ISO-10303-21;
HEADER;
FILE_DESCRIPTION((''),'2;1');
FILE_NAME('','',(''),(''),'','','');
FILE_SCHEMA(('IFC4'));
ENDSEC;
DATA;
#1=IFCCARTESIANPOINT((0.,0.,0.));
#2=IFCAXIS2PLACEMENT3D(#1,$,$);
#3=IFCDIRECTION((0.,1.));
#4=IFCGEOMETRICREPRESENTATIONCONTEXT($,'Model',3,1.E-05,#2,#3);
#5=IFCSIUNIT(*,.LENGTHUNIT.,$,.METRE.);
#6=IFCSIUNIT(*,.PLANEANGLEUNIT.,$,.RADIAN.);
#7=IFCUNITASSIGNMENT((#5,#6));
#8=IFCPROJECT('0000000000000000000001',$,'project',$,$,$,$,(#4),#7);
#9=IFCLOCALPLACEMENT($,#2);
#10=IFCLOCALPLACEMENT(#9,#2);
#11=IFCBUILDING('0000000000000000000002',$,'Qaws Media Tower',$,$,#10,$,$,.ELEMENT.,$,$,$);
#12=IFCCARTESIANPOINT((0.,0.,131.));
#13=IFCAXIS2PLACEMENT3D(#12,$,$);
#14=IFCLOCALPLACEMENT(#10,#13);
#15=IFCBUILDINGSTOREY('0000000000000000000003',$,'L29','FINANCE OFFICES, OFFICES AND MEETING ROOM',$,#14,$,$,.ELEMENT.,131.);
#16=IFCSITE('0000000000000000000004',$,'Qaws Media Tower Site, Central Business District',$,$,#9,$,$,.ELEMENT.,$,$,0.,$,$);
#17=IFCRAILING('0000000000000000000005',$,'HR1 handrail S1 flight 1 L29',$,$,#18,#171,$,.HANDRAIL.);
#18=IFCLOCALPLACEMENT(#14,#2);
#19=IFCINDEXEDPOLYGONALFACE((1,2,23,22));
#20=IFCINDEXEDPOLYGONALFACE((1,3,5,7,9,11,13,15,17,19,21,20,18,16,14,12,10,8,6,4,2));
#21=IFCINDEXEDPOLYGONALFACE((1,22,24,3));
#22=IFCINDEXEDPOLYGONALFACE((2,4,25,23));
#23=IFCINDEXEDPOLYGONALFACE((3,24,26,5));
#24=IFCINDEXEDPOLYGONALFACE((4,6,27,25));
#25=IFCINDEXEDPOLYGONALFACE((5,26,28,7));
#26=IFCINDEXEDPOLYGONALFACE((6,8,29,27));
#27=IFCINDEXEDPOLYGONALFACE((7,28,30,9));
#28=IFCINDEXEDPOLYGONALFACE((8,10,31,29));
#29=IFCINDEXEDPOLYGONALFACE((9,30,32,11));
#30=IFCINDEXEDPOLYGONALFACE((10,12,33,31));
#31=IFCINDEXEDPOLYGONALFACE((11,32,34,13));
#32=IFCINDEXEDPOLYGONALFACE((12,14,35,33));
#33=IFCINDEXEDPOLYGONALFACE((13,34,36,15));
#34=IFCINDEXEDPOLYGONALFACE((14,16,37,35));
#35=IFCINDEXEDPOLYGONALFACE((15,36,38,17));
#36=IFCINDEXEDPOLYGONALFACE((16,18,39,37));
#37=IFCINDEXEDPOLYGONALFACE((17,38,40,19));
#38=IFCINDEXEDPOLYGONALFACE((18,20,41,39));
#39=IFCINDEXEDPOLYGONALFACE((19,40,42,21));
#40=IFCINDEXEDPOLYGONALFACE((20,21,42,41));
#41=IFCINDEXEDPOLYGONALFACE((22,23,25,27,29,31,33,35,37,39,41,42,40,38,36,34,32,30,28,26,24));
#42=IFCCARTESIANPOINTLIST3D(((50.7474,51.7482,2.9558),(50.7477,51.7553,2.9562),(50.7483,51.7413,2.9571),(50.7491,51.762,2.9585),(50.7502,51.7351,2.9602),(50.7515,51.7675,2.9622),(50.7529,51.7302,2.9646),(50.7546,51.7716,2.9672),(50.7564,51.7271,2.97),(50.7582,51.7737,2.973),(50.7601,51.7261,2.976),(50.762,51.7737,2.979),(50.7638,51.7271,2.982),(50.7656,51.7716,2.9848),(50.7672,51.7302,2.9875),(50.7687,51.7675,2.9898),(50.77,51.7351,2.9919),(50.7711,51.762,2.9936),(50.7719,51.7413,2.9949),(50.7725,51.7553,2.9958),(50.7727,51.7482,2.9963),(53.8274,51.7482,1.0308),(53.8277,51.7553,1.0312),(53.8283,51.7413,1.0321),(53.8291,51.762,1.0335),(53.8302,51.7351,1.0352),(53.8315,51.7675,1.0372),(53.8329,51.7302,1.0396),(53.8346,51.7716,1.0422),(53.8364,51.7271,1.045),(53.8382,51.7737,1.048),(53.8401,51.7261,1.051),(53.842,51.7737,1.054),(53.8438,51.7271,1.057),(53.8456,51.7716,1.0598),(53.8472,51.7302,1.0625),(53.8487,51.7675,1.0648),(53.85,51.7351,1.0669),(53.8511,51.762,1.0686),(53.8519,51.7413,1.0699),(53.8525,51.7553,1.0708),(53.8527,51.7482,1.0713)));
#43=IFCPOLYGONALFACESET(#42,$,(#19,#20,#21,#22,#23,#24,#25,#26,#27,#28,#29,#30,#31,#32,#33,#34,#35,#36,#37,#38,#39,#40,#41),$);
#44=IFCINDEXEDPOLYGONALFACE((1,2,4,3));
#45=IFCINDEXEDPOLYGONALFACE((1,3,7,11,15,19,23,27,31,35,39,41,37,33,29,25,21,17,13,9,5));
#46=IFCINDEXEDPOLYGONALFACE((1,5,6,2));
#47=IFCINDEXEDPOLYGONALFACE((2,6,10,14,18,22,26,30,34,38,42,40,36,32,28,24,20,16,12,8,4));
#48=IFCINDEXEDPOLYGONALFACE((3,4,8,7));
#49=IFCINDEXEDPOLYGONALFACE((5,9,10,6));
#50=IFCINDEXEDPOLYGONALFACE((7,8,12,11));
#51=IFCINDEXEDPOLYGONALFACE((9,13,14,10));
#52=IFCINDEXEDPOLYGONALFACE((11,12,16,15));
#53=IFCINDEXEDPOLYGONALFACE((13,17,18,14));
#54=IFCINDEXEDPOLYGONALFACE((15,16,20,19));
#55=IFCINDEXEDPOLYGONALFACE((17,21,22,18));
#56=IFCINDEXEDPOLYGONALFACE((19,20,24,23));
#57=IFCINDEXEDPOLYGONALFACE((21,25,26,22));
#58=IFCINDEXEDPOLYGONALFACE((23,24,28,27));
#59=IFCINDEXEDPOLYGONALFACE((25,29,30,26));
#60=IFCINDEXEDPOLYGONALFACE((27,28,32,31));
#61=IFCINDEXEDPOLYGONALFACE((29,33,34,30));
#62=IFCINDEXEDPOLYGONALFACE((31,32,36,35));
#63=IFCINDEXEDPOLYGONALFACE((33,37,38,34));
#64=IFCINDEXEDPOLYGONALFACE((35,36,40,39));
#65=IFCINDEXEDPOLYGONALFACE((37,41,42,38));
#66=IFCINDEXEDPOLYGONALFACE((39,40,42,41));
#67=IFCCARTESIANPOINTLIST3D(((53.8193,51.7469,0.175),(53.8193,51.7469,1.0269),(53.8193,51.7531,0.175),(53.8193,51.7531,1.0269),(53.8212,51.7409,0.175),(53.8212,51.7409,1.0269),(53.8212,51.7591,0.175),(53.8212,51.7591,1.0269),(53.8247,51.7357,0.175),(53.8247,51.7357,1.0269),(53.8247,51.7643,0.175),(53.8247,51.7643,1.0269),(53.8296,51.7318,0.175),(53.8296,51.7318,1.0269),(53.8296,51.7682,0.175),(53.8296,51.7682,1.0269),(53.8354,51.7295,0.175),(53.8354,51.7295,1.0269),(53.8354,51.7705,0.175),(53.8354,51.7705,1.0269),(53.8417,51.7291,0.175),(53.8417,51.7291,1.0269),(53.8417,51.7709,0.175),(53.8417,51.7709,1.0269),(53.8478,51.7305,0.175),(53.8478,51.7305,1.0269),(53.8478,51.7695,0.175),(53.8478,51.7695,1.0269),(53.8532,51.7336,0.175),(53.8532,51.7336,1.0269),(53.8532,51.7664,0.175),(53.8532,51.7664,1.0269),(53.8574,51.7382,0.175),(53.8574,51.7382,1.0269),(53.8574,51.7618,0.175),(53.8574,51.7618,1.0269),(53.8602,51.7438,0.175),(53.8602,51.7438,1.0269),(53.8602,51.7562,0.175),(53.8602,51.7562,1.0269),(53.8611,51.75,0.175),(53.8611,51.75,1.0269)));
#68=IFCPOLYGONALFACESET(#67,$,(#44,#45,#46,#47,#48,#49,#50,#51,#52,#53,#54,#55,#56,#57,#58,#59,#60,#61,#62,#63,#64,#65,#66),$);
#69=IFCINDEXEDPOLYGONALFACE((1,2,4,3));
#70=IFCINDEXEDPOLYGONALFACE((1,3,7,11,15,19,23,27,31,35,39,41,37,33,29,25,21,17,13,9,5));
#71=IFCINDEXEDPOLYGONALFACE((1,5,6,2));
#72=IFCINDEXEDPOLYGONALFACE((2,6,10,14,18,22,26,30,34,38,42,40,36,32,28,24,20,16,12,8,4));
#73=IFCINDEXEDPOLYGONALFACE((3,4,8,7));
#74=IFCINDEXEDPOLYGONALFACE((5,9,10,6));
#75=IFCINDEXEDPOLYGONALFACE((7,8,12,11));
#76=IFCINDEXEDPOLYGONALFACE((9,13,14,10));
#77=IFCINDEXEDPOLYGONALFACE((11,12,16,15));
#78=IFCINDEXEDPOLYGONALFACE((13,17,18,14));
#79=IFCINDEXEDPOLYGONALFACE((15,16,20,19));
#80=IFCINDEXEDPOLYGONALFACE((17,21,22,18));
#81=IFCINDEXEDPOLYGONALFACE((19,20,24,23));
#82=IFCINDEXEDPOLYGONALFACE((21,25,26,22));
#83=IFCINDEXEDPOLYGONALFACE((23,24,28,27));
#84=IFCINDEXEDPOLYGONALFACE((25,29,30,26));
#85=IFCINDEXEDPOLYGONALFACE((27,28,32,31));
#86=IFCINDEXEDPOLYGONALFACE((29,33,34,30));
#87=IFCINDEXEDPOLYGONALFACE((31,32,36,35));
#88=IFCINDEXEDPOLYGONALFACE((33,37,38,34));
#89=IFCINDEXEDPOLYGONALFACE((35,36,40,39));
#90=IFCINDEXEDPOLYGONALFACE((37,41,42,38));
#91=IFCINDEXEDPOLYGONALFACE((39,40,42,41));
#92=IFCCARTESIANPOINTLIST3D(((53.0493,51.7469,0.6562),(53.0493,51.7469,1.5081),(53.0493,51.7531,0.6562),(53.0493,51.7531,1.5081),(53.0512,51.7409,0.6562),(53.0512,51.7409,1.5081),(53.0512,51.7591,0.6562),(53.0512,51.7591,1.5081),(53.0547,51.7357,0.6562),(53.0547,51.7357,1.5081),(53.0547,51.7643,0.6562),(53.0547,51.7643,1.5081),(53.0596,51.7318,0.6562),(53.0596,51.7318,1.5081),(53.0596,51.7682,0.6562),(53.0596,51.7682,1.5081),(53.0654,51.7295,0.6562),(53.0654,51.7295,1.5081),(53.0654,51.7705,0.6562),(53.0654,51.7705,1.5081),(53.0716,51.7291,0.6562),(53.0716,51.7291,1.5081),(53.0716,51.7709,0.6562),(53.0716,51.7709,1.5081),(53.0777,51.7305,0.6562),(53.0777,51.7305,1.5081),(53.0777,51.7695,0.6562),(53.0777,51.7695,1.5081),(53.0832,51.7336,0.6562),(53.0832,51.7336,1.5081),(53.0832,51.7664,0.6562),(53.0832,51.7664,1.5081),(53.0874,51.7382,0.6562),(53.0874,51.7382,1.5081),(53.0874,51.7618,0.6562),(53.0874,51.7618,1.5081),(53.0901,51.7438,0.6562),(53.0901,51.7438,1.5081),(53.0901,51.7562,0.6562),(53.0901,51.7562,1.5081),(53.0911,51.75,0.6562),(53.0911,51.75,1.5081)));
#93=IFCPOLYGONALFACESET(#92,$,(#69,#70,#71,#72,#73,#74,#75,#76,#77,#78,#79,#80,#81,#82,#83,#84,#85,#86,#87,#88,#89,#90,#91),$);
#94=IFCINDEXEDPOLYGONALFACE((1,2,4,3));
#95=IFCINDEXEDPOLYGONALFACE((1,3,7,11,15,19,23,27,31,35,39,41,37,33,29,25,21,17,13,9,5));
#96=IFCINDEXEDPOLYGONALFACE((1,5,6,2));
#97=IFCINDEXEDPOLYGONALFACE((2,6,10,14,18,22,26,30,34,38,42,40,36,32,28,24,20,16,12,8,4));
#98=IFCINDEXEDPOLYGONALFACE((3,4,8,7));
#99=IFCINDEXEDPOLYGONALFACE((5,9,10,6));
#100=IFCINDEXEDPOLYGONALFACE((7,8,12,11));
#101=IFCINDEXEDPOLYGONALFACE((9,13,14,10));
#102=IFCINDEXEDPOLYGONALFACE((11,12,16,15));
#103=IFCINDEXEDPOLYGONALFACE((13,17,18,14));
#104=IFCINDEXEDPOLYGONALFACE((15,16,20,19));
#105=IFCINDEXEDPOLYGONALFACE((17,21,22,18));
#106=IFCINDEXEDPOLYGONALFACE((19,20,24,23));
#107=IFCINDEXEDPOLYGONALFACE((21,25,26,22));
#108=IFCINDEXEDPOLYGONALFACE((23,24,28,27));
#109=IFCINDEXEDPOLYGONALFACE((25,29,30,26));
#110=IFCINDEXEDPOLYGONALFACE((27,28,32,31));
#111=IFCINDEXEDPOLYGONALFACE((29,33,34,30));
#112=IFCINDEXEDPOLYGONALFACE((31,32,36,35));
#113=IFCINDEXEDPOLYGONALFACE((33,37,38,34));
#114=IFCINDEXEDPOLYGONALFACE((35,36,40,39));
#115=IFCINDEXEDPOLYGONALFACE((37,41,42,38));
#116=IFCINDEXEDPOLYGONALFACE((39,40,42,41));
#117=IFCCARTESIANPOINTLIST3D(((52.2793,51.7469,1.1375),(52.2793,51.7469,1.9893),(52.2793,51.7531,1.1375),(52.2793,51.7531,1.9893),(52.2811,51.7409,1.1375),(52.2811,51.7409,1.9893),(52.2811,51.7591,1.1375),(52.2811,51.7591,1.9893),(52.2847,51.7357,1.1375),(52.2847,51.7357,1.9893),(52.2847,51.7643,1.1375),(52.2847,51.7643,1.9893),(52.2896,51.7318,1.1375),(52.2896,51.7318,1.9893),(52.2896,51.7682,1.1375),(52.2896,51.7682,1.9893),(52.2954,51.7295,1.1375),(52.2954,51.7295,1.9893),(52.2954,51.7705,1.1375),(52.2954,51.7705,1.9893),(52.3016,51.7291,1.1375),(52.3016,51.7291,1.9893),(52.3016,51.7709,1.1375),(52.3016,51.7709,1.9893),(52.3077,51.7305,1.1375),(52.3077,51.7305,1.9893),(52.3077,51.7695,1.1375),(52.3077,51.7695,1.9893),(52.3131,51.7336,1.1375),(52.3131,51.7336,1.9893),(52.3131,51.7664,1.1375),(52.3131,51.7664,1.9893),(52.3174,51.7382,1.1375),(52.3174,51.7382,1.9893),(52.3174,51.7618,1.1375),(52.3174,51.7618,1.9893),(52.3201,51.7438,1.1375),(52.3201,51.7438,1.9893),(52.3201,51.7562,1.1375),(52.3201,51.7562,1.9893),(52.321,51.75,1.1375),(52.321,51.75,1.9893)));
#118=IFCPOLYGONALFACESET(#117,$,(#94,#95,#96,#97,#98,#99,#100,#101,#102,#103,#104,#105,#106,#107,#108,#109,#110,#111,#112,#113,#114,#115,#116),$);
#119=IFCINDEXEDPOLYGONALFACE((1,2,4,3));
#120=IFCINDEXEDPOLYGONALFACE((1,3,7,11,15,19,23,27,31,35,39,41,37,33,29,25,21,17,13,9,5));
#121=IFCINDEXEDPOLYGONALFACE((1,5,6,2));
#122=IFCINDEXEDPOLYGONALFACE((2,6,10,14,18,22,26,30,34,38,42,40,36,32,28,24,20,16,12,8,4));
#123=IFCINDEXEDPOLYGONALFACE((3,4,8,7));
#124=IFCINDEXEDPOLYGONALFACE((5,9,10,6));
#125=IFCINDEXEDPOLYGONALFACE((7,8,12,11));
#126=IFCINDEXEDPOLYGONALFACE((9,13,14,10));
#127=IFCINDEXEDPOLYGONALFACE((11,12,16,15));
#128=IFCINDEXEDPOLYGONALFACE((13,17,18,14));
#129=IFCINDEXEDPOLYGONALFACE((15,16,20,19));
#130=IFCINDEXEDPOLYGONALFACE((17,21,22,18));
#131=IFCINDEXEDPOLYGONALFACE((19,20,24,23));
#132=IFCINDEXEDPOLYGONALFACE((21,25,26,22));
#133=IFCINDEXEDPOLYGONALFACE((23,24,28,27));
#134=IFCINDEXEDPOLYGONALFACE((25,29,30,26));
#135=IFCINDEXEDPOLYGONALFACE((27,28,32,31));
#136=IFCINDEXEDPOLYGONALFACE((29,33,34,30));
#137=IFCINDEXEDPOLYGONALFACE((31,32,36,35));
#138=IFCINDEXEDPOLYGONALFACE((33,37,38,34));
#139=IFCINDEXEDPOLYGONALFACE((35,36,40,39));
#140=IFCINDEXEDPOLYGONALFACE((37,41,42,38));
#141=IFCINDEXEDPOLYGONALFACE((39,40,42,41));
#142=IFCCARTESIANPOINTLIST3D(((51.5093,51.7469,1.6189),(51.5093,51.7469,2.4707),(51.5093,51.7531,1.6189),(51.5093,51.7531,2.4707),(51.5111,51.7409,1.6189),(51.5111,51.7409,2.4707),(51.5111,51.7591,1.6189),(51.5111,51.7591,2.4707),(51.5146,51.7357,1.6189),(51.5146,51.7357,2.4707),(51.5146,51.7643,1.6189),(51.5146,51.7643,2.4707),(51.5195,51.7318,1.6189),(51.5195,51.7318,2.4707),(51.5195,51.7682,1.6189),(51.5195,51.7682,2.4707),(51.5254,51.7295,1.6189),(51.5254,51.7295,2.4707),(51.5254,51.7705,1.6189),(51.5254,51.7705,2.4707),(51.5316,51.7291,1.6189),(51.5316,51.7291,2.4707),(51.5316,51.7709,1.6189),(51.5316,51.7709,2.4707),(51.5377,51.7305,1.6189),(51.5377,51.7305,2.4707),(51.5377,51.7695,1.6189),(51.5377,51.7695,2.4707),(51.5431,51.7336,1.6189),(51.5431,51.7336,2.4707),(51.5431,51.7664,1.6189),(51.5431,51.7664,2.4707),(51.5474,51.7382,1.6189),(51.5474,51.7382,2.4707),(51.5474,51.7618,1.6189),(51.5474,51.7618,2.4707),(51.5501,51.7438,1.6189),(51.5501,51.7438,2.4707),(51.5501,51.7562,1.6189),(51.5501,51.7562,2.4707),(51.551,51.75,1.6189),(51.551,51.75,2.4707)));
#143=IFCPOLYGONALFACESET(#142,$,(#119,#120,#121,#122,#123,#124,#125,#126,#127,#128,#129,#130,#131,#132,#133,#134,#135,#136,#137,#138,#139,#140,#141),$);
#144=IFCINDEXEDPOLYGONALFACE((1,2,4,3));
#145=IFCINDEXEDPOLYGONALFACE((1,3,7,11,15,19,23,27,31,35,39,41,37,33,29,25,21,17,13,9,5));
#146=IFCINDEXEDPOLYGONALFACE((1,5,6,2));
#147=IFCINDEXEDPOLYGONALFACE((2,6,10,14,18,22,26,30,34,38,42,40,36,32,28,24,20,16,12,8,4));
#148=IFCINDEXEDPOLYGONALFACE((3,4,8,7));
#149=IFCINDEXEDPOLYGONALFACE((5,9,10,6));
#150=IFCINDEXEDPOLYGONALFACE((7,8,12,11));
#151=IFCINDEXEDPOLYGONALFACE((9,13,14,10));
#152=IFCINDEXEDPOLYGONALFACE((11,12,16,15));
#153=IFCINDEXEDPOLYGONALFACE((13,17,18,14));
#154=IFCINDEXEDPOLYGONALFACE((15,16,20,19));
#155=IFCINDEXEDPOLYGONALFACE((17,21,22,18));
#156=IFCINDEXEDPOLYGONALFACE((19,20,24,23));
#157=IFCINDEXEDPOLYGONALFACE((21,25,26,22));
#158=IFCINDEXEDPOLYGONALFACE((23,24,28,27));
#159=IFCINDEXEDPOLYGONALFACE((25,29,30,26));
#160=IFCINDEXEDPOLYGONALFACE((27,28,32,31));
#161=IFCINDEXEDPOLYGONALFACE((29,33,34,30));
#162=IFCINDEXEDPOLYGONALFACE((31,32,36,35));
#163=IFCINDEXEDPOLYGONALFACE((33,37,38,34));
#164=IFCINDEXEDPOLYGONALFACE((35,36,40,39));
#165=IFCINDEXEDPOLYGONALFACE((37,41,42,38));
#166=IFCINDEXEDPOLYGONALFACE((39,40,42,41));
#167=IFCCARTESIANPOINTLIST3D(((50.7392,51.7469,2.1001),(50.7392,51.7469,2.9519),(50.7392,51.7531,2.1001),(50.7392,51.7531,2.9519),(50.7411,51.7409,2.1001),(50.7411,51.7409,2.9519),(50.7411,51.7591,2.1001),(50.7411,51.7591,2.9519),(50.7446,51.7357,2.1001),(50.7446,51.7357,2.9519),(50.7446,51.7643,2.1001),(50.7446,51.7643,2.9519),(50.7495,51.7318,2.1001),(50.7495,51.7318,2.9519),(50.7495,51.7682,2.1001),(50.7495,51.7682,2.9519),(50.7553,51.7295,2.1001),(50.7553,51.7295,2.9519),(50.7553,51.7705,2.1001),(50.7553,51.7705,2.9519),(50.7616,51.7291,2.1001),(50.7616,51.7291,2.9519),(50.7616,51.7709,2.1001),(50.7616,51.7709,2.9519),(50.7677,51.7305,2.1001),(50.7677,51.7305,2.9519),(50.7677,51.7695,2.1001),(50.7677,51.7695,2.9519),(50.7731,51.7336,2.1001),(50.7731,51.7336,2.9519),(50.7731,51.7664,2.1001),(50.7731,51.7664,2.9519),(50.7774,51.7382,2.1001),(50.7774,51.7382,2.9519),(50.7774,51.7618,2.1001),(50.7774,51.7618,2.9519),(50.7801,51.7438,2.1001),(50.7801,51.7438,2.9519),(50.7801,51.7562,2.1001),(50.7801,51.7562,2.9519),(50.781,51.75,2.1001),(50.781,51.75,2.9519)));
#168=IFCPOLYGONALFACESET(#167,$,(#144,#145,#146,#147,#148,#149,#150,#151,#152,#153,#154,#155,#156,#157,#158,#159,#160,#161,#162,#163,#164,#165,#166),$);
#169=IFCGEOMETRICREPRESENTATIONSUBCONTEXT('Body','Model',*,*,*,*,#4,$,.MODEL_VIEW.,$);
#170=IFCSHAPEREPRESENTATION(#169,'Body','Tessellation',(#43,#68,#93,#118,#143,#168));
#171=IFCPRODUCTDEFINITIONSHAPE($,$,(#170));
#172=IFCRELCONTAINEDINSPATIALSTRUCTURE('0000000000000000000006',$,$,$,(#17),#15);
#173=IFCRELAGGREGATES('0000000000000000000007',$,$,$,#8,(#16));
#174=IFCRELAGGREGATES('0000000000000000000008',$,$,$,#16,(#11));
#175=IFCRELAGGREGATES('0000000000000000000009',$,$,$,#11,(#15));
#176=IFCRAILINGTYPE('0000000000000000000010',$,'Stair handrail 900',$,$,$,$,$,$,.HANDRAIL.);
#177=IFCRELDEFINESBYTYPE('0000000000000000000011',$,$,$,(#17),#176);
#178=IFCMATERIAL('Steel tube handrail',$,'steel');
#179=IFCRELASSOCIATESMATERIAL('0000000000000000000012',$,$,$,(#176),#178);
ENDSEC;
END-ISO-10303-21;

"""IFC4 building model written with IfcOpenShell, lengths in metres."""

from ifc_helpers import new_model, si_unit, direction, frame, origin, origin_2d, place, context, subcontext, project, spatial, circle, extrude, material, type_object, element, save


model = new_model("IFC4")

# Units and contexts
model_context = context("Model", 3, precision=1e-05, world=origin(), true_north=direction((0.0, 1.0)))
body_context = subcontext(model_context, "Body", "Model", "MODEL_VIEW")
ifc_project = project(units=[si_unit("LENGTHUNIT", "METRE"), si_unit("PLANEANGLEUNIT", "RADIAN")], contexts=[model_context])

# Site, building, storey
site_placement = place(None, origin())
site = spatial("IfcSite", under=ifc_project, at=site_placement, Name="Qaws Media Tower Site, Central Business District", CompositionType="ELEMENT", RefElevation=0.0)
building_placement = place(site_placement, origin())
building = spatial("IfcBuilding", under=site, at=building_placement, Name="Qaws Media Tower", CompositionType="ELEMENT")
storey_placement = place(building_placement, frame((0.0, 0.0, 131.0)))
storey = spatial("IfcBuildingStorey", under=building, at=storey_placement, Name="L29", Description="FINANCE OFFICES, OFFICES AND MEETING ROOM", CompositionType="ELEMENT", Elevation=131.0)

# Railing
ifc_material_1 = material(Name="Steel tube handrail", Category="steel")
railing_type = type_object("IfcRailingType", Name="Stair handrail 900", PredefinedType="HANDRAIL", material=ifc_material_1)
for number, where, name in (
    (1, (53.8401, 51.75, 0.175), "HR1 handrail S1 flight 1 L29"),
):
    element("IfcRailing", number, at=place(storey_placement, frame(where)), inside=storey, type_object=railing_type, Name=name, PredefinedType="HANDRAIL", context=body_context, shape_type="SweptSolid", body=[
        extrude(circle(Radius=0.0239, at=origin_2d()), frame((0.0, 0.0, 0.876), z_axis=(-0.847998, 0.0, 0.529999), x_axis=(0.0, -1.0, 0.0)), (0.0, 0.0, 1.0), 3.6321),
        extrude(circle(Radius=0.021, at=origin_2d()), origin(), (0.0, 0.0, 1.0), 0.8518),
        extrude(circle(Radius=0.021, at=origin_2d()), frame((-0.77, 0.0, 0.4812)), (0.0, 0.0, 1.0), 0.8518),
        extrude(circle(Radius=0.021, at=origin_2d()), frame((-1.54, 0.0, 0.9624)), (0.0, 0.0, 1.0), 0.8518),
        extrude(circle(Radius=0.021, at=origin_2d()), frame((-2.3101, 0.0, 1.4438)), (0.0, 0.0, 1.0), 0.8518),
        extrude(circle(Radius=0.021, at=origin_2d()), frame((-3.0801, 0.0, 1.925)), (0.0, 0.0, 1.0), 0.8518),
    ])

save(model, "model.ifc")
